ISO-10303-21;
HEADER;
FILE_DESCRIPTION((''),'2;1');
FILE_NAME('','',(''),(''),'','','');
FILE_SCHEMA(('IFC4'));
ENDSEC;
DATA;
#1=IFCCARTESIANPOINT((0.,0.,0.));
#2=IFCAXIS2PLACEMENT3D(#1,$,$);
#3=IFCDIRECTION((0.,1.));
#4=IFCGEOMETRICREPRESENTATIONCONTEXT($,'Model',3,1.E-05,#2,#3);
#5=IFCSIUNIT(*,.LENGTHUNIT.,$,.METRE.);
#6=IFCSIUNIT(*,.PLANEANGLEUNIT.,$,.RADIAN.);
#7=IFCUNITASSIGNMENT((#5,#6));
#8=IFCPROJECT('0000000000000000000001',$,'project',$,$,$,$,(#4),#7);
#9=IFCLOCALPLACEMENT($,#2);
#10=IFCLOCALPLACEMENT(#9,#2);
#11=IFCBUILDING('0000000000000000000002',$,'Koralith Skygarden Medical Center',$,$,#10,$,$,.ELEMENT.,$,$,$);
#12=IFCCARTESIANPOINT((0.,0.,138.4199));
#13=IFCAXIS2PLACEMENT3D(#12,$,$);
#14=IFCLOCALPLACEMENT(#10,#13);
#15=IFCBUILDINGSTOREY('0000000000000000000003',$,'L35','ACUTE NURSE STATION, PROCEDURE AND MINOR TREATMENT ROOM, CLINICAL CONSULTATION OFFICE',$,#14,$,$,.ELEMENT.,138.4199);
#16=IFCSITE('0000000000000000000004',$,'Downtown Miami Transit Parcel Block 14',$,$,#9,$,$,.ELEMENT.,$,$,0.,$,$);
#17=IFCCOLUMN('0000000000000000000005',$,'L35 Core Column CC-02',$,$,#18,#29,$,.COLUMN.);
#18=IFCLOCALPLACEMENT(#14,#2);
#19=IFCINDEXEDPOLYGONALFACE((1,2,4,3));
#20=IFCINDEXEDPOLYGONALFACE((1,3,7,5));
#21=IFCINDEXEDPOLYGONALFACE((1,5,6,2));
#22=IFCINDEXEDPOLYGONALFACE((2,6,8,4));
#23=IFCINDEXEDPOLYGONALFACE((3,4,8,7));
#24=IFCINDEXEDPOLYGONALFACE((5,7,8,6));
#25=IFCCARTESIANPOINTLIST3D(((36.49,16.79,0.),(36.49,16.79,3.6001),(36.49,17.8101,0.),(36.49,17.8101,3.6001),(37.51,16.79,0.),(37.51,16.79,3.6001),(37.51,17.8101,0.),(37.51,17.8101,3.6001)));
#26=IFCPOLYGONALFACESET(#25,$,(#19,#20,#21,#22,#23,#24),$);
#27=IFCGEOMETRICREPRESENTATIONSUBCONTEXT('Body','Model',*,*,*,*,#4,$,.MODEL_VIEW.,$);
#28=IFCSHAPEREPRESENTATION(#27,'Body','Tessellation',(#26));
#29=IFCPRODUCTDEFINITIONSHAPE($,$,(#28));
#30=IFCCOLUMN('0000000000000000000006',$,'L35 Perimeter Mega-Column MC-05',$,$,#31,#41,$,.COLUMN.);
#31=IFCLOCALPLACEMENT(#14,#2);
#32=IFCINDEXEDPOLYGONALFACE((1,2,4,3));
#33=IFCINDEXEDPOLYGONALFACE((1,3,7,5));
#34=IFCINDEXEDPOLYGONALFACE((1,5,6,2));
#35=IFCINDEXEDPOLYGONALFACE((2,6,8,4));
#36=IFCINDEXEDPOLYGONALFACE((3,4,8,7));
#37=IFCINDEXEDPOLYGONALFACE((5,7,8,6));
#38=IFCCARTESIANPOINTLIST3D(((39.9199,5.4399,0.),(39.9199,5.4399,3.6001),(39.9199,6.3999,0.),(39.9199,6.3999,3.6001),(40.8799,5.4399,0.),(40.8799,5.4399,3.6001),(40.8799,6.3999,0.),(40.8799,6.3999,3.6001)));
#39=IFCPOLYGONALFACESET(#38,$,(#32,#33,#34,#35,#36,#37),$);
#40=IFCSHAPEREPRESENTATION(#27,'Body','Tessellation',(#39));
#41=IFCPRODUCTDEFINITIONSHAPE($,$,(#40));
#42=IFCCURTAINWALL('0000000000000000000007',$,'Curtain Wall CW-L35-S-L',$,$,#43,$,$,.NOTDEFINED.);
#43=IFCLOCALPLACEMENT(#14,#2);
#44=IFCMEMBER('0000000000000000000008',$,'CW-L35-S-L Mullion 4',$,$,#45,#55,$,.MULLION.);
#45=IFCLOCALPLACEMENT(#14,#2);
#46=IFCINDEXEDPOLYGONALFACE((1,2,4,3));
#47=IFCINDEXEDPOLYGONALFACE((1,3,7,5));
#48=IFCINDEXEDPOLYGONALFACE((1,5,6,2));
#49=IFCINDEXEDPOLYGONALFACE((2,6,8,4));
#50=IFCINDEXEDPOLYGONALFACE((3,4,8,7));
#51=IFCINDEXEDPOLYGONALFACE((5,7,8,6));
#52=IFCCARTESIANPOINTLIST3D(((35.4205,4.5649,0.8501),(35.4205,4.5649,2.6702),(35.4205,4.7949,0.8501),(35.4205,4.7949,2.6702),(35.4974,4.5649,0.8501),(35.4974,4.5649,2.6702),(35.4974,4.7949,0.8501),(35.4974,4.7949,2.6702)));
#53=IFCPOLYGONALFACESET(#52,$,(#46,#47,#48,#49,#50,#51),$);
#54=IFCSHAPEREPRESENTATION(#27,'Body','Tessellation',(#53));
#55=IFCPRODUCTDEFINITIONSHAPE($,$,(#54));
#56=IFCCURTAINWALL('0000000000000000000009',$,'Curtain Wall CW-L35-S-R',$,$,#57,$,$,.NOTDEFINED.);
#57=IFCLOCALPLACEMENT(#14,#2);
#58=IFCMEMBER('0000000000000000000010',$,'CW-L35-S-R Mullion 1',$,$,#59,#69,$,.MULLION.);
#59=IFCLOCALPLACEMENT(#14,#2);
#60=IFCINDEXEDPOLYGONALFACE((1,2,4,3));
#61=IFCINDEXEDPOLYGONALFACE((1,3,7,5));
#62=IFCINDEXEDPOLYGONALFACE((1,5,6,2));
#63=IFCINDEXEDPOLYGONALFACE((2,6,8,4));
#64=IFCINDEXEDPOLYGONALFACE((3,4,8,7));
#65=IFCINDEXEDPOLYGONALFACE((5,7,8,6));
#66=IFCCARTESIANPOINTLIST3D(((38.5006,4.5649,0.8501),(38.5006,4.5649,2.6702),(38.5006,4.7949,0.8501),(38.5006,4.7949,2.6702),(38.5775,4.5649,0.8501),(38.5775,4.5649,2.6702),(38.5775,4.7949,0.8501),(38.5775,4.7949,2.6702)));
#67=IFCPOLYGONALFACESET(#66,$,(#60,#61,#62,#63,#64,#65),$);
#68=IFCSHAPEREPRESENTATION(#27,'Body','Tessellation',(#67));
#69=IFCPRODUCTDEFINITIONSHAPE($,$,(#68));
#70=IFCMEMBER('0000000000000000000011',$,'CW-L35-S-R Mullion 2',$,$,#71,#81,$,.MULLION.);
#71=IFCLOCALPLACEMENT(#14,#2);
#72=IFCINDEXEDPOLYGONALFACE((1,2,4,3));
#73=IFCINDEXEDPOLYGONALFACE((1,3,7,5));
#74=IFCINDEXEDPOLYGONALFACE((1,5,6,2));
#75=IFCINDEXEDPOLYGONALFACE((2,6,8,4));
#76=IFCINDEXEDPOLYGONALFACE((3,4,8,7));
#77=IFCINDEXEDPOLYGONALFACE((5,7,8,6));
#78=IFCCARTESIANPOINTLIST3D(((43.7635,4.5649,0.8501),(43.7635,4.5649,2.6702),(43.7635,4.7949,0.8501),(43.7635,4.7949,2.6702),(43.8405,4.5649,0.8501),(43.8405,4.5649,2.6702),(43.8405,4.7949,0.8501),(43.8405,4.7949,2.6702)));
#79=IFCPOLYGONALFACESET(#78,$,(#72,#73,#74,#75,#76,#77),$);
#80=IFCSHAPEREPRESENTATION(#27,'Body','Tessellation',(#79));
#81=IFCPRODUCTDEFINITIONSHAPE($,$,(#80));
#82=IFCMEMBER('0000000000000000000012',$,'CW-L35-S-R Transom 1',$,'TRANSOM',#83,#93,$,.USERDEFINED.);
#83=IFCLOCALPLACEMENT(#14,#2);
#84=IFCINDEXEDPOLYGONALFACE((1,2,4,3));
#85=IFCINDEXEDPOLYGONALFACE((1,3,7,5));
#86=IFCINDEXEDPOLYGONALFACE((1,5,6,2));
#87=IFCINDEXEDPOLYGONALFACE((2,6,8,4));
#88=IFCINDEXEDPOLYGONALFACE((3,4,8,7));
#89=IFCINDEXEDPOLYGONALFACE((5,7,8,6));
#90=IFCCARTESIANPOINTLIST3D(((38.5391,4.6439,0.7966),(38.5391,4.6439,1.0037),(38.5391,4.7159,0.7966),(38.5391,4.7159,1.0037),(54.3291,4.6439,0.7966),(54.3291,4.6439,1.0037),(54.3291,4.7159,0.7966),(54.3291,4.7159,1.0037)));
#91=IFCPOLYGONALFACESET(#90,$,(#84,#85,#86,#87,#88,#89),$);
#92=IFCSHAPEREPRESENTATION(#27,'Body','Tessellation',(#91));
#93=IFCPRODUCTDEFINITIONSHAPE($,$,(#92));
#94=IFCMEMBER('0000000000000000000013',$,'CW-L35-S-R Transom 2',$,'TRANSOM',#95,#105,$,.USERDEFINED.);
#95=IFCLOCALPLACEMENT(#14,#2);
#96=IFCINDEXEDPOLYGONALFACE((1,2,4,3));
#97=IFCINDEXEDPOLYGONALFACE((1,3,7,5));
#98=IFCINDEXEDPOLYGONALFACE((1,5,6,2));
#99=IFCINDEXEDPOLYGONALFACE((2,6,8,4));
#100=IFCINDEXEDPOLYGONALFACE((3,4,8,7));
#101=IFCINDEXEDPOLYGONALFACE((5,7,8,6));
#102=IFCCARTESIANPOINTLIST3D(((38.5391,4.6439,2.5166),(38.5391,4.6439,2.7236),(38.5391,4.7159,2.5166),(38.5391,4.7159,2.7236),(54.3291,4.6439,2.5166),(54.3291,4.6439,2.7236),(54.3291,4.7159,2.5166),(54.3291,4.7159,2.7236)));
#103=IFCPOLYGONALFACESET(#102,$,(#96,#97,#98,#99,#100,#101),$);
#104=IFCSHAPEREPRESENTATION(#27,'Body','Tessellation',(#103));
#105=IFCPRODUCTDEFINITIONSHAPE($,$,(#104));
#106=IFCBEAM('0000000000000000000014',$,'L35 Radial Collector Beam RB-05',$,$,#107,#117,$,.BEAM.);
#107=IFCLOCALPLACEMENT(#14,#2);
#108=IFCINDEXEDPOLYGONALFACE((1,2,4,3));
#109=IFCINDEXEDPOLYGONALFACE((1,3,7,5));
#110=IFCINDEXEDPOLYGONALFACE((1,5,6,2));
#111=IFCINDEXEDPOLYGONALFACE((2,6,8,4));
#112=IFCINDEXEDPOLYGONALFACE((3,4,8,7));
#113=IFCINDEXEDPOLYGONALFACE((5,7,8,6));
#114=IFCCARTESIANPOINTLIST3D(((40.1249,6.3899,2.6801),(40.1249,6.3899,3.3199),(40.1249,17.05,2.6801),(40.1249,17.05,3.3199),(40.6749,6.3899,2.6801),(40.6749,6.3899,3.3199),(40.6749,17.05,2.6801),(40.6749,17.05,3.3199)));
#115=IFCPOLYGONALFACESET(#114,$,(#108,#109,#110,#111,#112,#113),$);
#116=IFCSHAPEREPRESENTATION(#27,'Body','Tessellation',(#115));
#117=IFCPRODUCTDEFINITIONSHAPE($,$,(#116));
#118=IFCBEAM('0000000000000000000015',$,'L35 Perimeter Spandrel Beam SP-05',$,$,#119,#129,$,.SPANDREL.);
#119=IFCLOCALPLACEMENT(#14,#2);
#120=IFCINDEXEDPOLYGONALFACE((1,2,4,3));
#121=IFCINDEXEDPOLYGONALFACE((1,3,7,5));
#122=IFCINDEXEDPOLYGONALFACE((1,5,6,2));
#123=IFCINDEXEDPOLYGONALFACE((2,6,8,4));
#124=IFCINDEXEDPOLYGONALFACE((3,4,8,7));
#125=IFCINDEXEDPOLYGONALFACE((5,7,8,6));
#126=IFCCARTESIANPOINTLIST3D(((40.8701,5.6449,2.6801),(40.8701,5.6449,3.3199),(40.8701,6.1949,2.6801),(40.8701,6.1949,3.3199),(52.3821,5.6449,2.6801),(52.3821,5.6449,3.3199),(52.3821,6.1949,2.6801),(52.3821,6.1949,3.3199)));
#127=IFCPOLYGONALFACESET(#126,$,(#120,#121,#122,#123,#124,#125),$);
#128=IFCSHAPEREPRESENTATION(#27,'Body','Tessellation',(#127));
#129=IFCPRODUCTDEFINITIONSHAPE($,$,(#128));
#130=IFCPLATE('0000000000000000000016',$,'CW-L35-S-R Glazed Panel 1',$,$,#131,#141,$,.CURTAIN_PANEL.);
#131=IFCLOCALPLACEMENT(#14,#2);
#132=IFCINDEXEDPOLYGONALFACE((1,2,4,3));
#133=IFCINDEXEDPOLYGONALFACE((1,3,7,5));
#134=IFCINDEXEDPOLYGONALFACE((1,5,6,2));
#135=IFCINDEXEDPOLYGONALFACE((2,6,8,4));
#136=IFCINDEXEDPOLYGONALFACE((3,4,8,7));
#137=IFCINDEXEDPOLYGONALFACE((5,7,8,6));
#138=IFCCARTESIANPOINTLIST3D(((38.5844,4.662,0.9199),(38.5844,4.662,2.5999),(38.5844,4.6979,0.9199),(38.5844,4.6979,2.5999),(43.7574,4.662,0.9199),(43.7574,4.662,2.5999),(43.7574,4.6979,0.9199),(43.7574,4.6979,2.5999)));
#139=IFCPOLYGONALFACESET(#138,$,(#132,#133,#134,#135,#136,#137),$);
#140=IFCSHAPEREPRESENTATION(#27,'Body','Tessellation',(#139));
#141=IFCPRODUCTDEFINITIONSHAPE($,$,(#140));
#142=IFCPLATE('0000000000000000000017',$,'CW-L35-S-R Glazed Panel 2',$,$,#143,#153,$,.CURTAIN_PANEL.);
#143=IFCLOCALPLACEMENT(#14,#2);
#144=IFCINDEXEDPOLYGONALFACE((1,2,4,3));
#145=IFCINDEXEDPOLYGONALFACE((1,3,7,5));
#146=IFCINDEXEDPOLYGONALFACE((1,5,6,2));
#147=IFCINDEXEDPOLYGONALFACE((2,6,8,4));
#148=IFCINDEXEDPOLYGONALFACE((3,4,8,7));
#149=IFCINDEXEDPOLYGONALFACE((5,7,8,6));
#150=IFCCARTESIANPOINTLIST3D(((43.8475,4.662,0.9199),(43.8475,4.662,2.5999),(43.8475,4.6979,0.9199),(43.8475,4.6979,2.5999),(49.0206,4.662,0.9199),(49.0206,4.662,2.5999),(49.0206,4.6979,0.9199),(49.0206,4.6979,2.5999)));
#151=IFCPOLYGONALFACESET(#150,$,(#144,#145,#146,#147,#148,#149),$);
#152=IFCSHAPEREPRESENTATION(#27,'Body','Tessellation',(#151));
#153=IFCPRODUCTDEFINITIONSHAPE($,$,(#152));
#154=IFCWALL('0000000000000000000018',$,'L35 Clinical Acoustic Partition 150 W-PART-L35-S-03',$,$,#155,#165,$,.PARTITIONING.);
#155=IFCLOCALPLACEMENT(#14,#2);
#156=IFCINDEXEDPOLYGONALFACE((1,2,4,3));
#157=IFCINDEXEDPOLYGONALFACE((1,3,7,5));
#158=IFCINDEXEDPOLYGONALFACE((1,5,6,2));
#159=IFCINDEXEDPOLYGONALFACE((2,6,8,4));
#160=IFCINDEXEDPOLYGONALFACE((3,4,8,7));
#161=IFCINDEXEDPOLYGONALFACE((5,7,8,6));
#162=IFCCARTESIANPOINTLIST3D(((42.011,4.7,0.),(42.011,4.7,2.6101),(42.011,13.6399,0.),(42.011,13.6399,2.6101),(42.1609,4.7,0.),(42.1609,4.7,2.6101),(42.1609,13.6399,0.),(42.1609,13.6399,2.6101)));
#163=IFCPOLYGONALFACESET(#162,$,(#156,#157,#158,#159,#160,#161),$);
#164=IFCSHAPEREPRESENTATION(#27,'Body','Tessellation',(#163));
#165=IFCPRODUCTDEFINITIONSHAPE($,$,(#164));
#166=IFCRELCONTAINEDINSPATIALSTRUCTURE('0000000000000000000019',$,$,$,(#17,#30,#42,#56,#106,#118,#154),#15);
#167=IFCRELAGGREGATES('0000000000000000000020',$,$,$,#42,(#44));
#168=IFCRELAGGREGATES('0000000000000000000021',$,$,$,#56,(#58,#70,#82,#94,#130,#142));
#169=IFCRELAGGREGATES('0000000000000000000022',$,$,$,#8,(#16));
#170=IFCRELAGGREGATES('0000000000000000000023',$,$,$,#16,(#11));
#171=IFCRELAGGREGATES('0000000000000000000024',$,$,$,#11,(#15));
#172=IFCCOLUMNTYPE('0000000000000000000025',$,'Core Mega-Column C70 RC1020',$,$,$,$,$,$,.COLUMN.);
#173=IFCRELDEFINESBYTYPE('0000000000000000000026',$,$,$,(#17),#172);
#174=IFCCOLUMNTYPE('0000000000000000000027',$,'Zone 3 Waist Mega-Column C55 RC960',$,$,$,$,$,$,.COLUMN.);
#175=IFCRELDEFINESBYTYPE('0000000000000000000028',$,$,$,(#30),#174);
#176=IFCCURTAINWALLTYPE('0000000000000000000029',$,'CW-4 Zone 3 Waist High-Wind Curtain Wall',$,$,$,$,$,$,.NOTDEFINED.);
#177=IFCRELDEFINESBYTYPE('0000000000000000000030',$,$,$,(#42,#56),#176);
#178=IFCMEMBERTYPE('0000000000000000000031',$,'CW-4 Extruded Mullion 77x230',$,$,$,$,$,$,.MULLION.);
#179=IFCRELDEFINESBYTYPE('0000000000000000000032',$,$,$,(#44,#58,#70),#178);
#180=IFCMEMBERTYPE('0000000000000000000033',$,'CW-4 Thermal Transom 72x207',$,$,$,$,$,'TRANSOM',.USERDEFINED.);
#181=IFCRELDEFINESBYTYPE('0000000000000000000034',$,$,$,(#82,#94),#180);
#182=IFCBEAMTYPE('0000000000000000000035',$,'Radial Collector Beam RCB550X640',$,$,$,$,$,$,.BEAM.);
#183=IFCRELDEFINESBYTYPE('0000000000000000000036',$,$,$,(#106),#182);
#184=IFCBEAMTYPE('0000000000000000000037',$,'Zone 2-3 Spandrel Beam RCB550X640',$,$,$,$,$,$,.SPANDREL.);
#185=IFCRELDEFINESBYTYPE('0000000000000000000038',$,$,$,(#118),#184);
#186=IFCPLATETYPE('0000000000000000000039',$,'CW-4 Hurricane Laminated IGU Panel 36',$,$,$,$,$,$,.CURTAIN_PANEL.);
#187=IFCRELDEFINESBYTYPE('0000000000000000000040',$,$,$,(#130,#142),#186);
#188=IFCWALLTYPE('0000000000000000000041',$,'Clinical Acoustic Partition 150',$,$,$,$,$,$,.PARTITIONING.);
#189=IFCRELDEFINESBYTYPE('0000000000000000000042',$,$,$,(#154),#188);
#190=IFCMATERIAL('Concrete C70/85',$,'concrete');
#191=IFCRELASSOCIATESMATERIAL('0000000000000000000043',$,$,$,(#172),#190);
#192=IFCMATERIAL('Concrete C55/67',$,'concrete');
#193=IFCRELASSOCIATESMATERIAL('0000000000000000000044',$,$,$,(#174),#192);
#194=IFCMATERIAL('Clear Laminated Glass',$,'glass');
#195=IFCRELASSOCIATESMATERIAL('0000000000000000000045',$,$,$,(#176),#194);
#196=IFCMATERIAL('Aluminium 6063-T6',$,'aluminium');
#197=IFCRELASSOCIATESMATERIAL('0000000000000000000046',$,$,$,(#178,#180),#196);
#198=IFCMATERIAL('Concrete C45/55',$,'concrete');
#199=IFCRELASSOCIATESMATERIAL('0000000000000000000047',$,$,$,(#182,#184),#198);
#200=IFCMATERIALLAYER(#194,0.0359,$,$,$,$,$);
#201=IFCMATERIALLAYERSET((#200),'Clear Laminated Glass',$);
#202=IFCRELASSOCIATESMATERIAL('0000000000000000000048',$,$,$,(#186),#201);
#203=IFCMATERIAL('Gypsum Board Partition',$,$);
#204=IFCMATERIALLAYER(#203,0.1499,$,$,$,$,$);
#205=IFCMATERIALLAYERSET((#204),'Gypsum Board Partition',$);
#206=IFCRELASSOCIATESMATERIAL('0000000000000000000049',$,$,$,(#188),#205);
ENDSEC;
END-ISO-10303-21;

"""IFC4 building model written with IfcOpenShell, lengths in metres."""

from ifc_helpers import new_model, si_unit, direction, frame, frame_2d, origin, origin_2d, place, context, subcontext, project, spatial, rectangle, extrude, material, layer, layer_set, material_profile, profile_set, type_object, element, aggregate, save


model = new_model("IFC4")

# Units and contexts
model_context = context("Model", 3, precision=1e-05, world=origin(), true_north=direction((0.0, 1.0)))
body_context = subcontext(model_context, "Body", "Model", "MODEL_VIEW")
ifc_project = project(units=[si_unit("LENGTHUNIT", "METRE"), si_unit("PLANEANGLEUNIT", "RADIAN")], contexts=[model_context])

# Site, building, storey
site_placement = place(None, origin())
site = spatial("IfcSite", under=ifc_project, at=site_placement, Name="Downtown Miami Transit Parcel Block 14", CompositionType="ELEMENT", RefElevation=0.0)
building_placement = place(site_placement, origin())
building = spatial("IfcBuilding", under=site, at=building_placement, Name="Koralith Skygarden Medical Center", CompositionType="ELEMENT")
storey_placement = place(building_placement, frame((0.0, 0.0, 138.4199)))
storey = spatial("IfcBuildingStorey", under=building, at=storey_placement, Name="L35", Description="ACUTE NURSE STATION, PROCEDURE AND MINOR TREATMENT ROOM, CLINICAL CONSULTATION OFFICE", CompositionType="ELEMENT", Elevation=138.4199)

# Columns
ifc_material_1 = material(Name="Concrete C70/85", Category="concrete")
ifc_material_profile_1 = material_profile(ifc_material_1, rectangle(XDim=1.02, YDim=1.02, at=origin_2d()), Name="RC1020X1020")
ifc_profile_set_1 = profile_set([ifc_material_profile_1], Name="Concrete C70/85")
column_type_1 = type_object("IfcColumnType", Name="Core Mega-Column C70 RC1020", PredefinedType="COLUMN", material=ifc_profile_set_1)
column_1_placement = place(storey_placement, frame((37.0, 17.3, 0.0), z_axis=(0.0, 0.0, 1.0), x_axis=(1.0, 0.0, 0.0)))
element("IfcColumn", 1, at=column_1_placement, inside=storey, type_object=column_type_1, Name="L35 Core Column CC-02", PredefinedType="COLUMN", context=body_context, shape_type="SweptSolid", body=[
    extrude(rectangle(XDim=1.02, YDim=1.02, at=origin_2d()), origin(), (0.0, 0.0, 1.0), 3.6001),
])
ifc_material_2 = material(Name="Concrete C55/67", Category="concrete")
ifc_material_profile_2 = material_profile(ifc_material_2, rectangle(XDim=0.96, YDim=0.96, at=origin_2d()), Name="RC960X960")
ifc_profile_set_2 = profile_set([ifc_material_profile_2], Name="Concrete C55/67")
column_type_2 = type_object("IfcColumnType", Name="Zone 3 Waist Mega-Column C55 RC960", PredefinedType="COLUMN", material=ifc_profile_set_2)
column_2_placement = place(storey_placement, frame((40.3999, 5.9199, 0.0), z_axis=(0.0, 0.0, 1.0), x_axis=(1.0, 0.0, 0.0)))
element("IfcColumn", 2, at=column_2_placement, inside=storey, type_object=column_type_2, Name="L35 Perimeter Mega-Column MC-05", PredefinedType="COLUMN", context=body_context, shape_type="SweptSolid", body=[
    extrude(rectangle(XDim=0.96, YDim=0.96, at=origin_2d()), origin(), (0.0, 0.0, 1.0), 3.6001),
])

# Curtain wall, member
ifc_material_3 = material(Name="Clear Laminated Glass", Category="glass")
curtain_wall_type = type_object("IfcCurtainWallType", Name="CW-4 Zone 3 Waist High-Wind Curtain Wall", PredefinedType="NOTDEFINED", material=ifc_material_3)
curtain_wall_1_placement = place(storey_placement, origin())
curtain_wall_1 = element("IfcCurtainWall", 3, at=curtain_wall_1_placement, inside=storey, type_object=curtain_wall_type, Name="Curtain Wall CW-L35-S-L", PredefinedType="NOTDEFINED")
ifc_material_4 = material(Name="Aluminium 6063-T6", Category="aluminium")
ifc_material_profile_3 = material_profile(ifc_material_4, rectangle(XDim=0.0769, YDim=0.23, at=origin_2d()), Name="MUL77X230")
ifc_profile_set_3 = profile_set([ifc_material_profile_3], Name="Aluminium 6063-T6")
member_type_1 = type_object("IfcMemberType", Name="CW-4 Extruded Mullion 77x230", PredefinedType="MULLION", material=ifc_profile_set_3)
member_1_placement = place(storey_placement, frame((35.459, 4.6799, 0.8501), z_axis=(0.0, 0.0, 1.0), x_axis=(1.0, 0.0, 0.0)))
member_1 = element("IfcMember", 4, at=member_1_placement, type_object=member_type_1, Name="CW-L35-S-L Mullion 4", PredefinedType="MULLION", context=body_context, shape_type="SweptSolid", body=[
    extrude(rectangle(XDim=0.0769, YDim=0.23, at=origin_2d()), origin(), (0.0, 0.0, 1.0), 1.8201),
])
aggregate(curtain_wall_1, [member_1])

# Curtain wall, members
curtain_wall_2_placement = place(storey_placement, origin())
curtain_wall_2 = element("IfcCurtainWall", 5, at=curtain_wall_2_placement, inside=storey, type_object=curtain_wall_type, Name="Curtain Wall CW-L35-S-R", PredefinedType="NOTDEFINED")
member_2_placement = place(storey_placement, frame((38.5391, 4.6799, 0.8501), z_axis=(0.0, 0.0, 1.0), x_axis=(1.0, 0.0, 0.0)))
member_2 = element("IfcMember", 6, at=member_2_placement, type_object=member_type_1, Name="CW-L35-S-R Mullion 1", PredefinedType="MULLION", context=body_context, shape_type="SweptSolid", body=[
    extrude(rectangle(XDim=0.0769, YDim=0.23, at=origin_2d()), origin(), (0.0, 0.0, 1.0), 1.8201),
])
member_3_placement = place(storey_placement, frame((43.802, 4.6799, 0.8501), z_axis=(0.0, 0.0, 1.0), x_axis=(1.0, 0.0, 0.0)))
member_3 = element("IfcMember", 7, at=member_3_placement, type_object=member_type_1, Name="CW-L35-S-R Mullion 2", PredefinedType="MULLION", context=body_context, shape_type="SweptSolid", body=[
    extrude(rectangle(XDim=0.0769, YDim=0.23, at=origin_2d()), origin(), (0.0, 0.0, 1.0), 1.8201),
])
ifc_material_profile_4 = material_profile(ifc_material_4, rectangle(XDim=0.072, YDim=0.207, at=origin_2d()), Name="TRN72X207")
ifc_profile_set_4 = profile_set([ifc_material_profile_4], Name="Aluminium 6063-T6")
member_type_2 = type_object("IfcMemberType", Name="CW-4 Thermal Transom 72x207", ElementType="TRANSOM", PredefinedType="USERDEFINED", material=ifc_profile_set_4)
member_4_placement = place(storey_placement, frame((38.5391, 4.6799, 0.9001), z_axis=(1.0, 0.0, 0.0), x_axis=(0.0, 1.0, 0.0)))
member_4 = element("IfcMember", 8, at=member_4_placement, type_object=member_type_2, Name="CW-L35-S-R Transom 1", ObjectType="TRANSOM", PredefinedType="USERDEFINED", context=body_context, shape_type="SweptSolid", body=[
    extrude(rectangle(XDim=0.072, YDim=0.207, at=origin_2d()), origin(), (0.0, 0.0, 1.0), 15.79),
])
member_5_placement = place(storey_placement, frame((38.5391, 4.6799, 2.6201), z_axis=(1.0, 0.0, 0.0), x_axis=(0.0, 1.0, 0.0)))
member_5 = element("IfcMember", 9, at=member_5_placement, type_object=member_type_2, Name="CW-L35-S-R Transom 2", ObjectType="TRANSOM", PredefinedType="USERDEFINED", context=body_context, shape_type="SweptSolid", body=[
    extrude(rectangle(XDim=0.072, YDim=0.207, at=origin_2d()), origin(), (0.0, 0.0, 1.0), 15.79),
])

# Beams
ifc_material_5 = material(Name="Concrete C45/55", Category="concrete")
ifc_material_profile_5 = material_profile(ifc_material_5, rectangle(XDim=0.55, YDim=0.6399, at=origin_2d()), Name="RCB550X640")
ifc_profile_set_5 = profile_set([ifc_material_profile_5], Name="Concrete C45/55")
beam_type_1 = type_object("IfcBeamType", Name="Radial Collector Beam RCB550X640", PredefinedType="BEAM", material=ifc_profile_set_5)
beam_1_placement = place(storey_placement, frame((40.3999, 17.05, 3.0), z_axis=(0.0, -1.0, 0.0), x_axis=(1.0, 0.0, 0.0)))
element("IfcBeam", 10, at=beam_1_placement, inside=storey, type_object=beam_type_1, Name="L35 Radial Collector Beam RB-05", PredefinedType="BEAM", context=body_context, shape_type="SweptSolid", body=[
    extrude(rectangle(XDim=0.55, YDim=0.6399, at=origin_2d()), origin(), (0.0, 0.0, 1.0), 10.6602),
])
ifc_material_profile_6 = material_profile(ifc_material_5, rectangle(XDim=0.55, YDim=0.6399, at=origin_2d()), Name="RCB550X640")
ifc_profile_set_6 = profile_set([ifc_material_profile_6], Name="Concrete C45/55")
beam_type_2 = type_object("IfcBeamType", Name="Zone 2-3 Spandrel Beam RCB550X640", PredefinedType="SPANDREL", material=ifc_profile_set_6)
beam_2_placement = place(storey_placement, frame((40.8701, 5.9199, 3.0), z_axis=(1.0, 0.0, 0.0), x_axis=(0.0, 1.0, 0.0)))
element("IfcBeam", 11, at=beam_2_placement, inside=storey, type_object=beam_type_2, Name="L35 Perimeter Spandrel Beam SP-05", PredefinedType="SPANDREL", context=body_context, shape_type="SweptSolid", body=[
    extrude(rectangle(XDim=0.55, YDim=0.6399, at=origin_2d()), origin(), (0.0, 0.0, 1.0), 11.512),
])

# Plates
ifc_layer_1 = layer(ifc_material_3, 0.0359)
ifc_layer_set_1 = layer_set([ifc_layer_1], Name="Clear Laminated Glass")
plate_type = type_object("IfcPlateType", Name="CW-4 Hurricane Laminated IGU Panel 36", PredefinedType="CURTAIN_PANEL", material=ifc_layer_set_1)
plate_1_placement = place(storey_placement, frame((41.1709, 4.6799, 0.9199), z_axis=(0.0, 0.0, 1.0), x_axis=(1.0, 0.0, 0.0)))
plate_1 = element("IfcPlate", 12, at=plate_1_placement, type_object=plate_type, Name="CW-L35-S-R Glazed Panel 1", PredefinedType="CURTAIN_PANEL", context=body_context, shape_type="SweptSolid", body=[
    extrude(rectangle(XDim=5.1731, YDim=0.0359, at=origin_2d()), origin(), (0.0, 0.0, 1.0), 1.6799),
])
plate_2_placement = place(storey_placement, frame((46.4341, 4.6799, 0.9199), z_axis=(0.0, 0.0, 1.0), x_axis=(1.0, 0.0, 0.0)))
plate_2 = element("IfcPlate", 13, at=plate_2_placement, type_object=plate_type, Name="CW-L35-S-R Glazed Panel 2", PredefinedType="CURTAIN_PANEL", context=body_context, shape_type="SweptSolid", body=[
    extrude(rectangle(XDim=5.1731, YDim=0.0359, at=origin_2d()), origin(), (0.0, 0.0, 1.0), 1.6799),
])
aggregate(curtain_wall_2, [member_2, member_3, member_4, member_5, plate_1, plate_2])

# Wall
ifc_material_6 = material(Name="Gypsum Board Partition")
ifc_layer_2 = layer(ifc_material_6, 0.1499)
ifc_layer_set_2 = layer_set([ifc_layer_2], Name="Gypsum Board Partition")
wall_type_1 = type_object("IfcWallType", Name="Clinical Acoustic Partition 150", PredefinedType="PARTITIONING", material=ifc_layer_set_2)
wall_1_placement = place(storey_placement, frame((42.0859, 13.6399, 0.0), z_axis=(0.0, 0.0, 1.0), x_axis=(0.0, -1.0, 0.0)))
element("IfcWall", 14, at=wall_1_placement, inside=storey, type_object=wall_type_1, Name="L35 Clinical Acoustic Partition 150 W-PART-L35-S-03", PredefinedType="PARTITIONING", context=body_context, shape_type="SweptSolid", body=[
    extrude(rectangle(XDim=8.9399, YDim=0.1499, at=frame_2d((4.47, 0.0))), origin(), (0.0, 0.0, 1.0), 2.6101),
])

save(model, "model.ifc")
